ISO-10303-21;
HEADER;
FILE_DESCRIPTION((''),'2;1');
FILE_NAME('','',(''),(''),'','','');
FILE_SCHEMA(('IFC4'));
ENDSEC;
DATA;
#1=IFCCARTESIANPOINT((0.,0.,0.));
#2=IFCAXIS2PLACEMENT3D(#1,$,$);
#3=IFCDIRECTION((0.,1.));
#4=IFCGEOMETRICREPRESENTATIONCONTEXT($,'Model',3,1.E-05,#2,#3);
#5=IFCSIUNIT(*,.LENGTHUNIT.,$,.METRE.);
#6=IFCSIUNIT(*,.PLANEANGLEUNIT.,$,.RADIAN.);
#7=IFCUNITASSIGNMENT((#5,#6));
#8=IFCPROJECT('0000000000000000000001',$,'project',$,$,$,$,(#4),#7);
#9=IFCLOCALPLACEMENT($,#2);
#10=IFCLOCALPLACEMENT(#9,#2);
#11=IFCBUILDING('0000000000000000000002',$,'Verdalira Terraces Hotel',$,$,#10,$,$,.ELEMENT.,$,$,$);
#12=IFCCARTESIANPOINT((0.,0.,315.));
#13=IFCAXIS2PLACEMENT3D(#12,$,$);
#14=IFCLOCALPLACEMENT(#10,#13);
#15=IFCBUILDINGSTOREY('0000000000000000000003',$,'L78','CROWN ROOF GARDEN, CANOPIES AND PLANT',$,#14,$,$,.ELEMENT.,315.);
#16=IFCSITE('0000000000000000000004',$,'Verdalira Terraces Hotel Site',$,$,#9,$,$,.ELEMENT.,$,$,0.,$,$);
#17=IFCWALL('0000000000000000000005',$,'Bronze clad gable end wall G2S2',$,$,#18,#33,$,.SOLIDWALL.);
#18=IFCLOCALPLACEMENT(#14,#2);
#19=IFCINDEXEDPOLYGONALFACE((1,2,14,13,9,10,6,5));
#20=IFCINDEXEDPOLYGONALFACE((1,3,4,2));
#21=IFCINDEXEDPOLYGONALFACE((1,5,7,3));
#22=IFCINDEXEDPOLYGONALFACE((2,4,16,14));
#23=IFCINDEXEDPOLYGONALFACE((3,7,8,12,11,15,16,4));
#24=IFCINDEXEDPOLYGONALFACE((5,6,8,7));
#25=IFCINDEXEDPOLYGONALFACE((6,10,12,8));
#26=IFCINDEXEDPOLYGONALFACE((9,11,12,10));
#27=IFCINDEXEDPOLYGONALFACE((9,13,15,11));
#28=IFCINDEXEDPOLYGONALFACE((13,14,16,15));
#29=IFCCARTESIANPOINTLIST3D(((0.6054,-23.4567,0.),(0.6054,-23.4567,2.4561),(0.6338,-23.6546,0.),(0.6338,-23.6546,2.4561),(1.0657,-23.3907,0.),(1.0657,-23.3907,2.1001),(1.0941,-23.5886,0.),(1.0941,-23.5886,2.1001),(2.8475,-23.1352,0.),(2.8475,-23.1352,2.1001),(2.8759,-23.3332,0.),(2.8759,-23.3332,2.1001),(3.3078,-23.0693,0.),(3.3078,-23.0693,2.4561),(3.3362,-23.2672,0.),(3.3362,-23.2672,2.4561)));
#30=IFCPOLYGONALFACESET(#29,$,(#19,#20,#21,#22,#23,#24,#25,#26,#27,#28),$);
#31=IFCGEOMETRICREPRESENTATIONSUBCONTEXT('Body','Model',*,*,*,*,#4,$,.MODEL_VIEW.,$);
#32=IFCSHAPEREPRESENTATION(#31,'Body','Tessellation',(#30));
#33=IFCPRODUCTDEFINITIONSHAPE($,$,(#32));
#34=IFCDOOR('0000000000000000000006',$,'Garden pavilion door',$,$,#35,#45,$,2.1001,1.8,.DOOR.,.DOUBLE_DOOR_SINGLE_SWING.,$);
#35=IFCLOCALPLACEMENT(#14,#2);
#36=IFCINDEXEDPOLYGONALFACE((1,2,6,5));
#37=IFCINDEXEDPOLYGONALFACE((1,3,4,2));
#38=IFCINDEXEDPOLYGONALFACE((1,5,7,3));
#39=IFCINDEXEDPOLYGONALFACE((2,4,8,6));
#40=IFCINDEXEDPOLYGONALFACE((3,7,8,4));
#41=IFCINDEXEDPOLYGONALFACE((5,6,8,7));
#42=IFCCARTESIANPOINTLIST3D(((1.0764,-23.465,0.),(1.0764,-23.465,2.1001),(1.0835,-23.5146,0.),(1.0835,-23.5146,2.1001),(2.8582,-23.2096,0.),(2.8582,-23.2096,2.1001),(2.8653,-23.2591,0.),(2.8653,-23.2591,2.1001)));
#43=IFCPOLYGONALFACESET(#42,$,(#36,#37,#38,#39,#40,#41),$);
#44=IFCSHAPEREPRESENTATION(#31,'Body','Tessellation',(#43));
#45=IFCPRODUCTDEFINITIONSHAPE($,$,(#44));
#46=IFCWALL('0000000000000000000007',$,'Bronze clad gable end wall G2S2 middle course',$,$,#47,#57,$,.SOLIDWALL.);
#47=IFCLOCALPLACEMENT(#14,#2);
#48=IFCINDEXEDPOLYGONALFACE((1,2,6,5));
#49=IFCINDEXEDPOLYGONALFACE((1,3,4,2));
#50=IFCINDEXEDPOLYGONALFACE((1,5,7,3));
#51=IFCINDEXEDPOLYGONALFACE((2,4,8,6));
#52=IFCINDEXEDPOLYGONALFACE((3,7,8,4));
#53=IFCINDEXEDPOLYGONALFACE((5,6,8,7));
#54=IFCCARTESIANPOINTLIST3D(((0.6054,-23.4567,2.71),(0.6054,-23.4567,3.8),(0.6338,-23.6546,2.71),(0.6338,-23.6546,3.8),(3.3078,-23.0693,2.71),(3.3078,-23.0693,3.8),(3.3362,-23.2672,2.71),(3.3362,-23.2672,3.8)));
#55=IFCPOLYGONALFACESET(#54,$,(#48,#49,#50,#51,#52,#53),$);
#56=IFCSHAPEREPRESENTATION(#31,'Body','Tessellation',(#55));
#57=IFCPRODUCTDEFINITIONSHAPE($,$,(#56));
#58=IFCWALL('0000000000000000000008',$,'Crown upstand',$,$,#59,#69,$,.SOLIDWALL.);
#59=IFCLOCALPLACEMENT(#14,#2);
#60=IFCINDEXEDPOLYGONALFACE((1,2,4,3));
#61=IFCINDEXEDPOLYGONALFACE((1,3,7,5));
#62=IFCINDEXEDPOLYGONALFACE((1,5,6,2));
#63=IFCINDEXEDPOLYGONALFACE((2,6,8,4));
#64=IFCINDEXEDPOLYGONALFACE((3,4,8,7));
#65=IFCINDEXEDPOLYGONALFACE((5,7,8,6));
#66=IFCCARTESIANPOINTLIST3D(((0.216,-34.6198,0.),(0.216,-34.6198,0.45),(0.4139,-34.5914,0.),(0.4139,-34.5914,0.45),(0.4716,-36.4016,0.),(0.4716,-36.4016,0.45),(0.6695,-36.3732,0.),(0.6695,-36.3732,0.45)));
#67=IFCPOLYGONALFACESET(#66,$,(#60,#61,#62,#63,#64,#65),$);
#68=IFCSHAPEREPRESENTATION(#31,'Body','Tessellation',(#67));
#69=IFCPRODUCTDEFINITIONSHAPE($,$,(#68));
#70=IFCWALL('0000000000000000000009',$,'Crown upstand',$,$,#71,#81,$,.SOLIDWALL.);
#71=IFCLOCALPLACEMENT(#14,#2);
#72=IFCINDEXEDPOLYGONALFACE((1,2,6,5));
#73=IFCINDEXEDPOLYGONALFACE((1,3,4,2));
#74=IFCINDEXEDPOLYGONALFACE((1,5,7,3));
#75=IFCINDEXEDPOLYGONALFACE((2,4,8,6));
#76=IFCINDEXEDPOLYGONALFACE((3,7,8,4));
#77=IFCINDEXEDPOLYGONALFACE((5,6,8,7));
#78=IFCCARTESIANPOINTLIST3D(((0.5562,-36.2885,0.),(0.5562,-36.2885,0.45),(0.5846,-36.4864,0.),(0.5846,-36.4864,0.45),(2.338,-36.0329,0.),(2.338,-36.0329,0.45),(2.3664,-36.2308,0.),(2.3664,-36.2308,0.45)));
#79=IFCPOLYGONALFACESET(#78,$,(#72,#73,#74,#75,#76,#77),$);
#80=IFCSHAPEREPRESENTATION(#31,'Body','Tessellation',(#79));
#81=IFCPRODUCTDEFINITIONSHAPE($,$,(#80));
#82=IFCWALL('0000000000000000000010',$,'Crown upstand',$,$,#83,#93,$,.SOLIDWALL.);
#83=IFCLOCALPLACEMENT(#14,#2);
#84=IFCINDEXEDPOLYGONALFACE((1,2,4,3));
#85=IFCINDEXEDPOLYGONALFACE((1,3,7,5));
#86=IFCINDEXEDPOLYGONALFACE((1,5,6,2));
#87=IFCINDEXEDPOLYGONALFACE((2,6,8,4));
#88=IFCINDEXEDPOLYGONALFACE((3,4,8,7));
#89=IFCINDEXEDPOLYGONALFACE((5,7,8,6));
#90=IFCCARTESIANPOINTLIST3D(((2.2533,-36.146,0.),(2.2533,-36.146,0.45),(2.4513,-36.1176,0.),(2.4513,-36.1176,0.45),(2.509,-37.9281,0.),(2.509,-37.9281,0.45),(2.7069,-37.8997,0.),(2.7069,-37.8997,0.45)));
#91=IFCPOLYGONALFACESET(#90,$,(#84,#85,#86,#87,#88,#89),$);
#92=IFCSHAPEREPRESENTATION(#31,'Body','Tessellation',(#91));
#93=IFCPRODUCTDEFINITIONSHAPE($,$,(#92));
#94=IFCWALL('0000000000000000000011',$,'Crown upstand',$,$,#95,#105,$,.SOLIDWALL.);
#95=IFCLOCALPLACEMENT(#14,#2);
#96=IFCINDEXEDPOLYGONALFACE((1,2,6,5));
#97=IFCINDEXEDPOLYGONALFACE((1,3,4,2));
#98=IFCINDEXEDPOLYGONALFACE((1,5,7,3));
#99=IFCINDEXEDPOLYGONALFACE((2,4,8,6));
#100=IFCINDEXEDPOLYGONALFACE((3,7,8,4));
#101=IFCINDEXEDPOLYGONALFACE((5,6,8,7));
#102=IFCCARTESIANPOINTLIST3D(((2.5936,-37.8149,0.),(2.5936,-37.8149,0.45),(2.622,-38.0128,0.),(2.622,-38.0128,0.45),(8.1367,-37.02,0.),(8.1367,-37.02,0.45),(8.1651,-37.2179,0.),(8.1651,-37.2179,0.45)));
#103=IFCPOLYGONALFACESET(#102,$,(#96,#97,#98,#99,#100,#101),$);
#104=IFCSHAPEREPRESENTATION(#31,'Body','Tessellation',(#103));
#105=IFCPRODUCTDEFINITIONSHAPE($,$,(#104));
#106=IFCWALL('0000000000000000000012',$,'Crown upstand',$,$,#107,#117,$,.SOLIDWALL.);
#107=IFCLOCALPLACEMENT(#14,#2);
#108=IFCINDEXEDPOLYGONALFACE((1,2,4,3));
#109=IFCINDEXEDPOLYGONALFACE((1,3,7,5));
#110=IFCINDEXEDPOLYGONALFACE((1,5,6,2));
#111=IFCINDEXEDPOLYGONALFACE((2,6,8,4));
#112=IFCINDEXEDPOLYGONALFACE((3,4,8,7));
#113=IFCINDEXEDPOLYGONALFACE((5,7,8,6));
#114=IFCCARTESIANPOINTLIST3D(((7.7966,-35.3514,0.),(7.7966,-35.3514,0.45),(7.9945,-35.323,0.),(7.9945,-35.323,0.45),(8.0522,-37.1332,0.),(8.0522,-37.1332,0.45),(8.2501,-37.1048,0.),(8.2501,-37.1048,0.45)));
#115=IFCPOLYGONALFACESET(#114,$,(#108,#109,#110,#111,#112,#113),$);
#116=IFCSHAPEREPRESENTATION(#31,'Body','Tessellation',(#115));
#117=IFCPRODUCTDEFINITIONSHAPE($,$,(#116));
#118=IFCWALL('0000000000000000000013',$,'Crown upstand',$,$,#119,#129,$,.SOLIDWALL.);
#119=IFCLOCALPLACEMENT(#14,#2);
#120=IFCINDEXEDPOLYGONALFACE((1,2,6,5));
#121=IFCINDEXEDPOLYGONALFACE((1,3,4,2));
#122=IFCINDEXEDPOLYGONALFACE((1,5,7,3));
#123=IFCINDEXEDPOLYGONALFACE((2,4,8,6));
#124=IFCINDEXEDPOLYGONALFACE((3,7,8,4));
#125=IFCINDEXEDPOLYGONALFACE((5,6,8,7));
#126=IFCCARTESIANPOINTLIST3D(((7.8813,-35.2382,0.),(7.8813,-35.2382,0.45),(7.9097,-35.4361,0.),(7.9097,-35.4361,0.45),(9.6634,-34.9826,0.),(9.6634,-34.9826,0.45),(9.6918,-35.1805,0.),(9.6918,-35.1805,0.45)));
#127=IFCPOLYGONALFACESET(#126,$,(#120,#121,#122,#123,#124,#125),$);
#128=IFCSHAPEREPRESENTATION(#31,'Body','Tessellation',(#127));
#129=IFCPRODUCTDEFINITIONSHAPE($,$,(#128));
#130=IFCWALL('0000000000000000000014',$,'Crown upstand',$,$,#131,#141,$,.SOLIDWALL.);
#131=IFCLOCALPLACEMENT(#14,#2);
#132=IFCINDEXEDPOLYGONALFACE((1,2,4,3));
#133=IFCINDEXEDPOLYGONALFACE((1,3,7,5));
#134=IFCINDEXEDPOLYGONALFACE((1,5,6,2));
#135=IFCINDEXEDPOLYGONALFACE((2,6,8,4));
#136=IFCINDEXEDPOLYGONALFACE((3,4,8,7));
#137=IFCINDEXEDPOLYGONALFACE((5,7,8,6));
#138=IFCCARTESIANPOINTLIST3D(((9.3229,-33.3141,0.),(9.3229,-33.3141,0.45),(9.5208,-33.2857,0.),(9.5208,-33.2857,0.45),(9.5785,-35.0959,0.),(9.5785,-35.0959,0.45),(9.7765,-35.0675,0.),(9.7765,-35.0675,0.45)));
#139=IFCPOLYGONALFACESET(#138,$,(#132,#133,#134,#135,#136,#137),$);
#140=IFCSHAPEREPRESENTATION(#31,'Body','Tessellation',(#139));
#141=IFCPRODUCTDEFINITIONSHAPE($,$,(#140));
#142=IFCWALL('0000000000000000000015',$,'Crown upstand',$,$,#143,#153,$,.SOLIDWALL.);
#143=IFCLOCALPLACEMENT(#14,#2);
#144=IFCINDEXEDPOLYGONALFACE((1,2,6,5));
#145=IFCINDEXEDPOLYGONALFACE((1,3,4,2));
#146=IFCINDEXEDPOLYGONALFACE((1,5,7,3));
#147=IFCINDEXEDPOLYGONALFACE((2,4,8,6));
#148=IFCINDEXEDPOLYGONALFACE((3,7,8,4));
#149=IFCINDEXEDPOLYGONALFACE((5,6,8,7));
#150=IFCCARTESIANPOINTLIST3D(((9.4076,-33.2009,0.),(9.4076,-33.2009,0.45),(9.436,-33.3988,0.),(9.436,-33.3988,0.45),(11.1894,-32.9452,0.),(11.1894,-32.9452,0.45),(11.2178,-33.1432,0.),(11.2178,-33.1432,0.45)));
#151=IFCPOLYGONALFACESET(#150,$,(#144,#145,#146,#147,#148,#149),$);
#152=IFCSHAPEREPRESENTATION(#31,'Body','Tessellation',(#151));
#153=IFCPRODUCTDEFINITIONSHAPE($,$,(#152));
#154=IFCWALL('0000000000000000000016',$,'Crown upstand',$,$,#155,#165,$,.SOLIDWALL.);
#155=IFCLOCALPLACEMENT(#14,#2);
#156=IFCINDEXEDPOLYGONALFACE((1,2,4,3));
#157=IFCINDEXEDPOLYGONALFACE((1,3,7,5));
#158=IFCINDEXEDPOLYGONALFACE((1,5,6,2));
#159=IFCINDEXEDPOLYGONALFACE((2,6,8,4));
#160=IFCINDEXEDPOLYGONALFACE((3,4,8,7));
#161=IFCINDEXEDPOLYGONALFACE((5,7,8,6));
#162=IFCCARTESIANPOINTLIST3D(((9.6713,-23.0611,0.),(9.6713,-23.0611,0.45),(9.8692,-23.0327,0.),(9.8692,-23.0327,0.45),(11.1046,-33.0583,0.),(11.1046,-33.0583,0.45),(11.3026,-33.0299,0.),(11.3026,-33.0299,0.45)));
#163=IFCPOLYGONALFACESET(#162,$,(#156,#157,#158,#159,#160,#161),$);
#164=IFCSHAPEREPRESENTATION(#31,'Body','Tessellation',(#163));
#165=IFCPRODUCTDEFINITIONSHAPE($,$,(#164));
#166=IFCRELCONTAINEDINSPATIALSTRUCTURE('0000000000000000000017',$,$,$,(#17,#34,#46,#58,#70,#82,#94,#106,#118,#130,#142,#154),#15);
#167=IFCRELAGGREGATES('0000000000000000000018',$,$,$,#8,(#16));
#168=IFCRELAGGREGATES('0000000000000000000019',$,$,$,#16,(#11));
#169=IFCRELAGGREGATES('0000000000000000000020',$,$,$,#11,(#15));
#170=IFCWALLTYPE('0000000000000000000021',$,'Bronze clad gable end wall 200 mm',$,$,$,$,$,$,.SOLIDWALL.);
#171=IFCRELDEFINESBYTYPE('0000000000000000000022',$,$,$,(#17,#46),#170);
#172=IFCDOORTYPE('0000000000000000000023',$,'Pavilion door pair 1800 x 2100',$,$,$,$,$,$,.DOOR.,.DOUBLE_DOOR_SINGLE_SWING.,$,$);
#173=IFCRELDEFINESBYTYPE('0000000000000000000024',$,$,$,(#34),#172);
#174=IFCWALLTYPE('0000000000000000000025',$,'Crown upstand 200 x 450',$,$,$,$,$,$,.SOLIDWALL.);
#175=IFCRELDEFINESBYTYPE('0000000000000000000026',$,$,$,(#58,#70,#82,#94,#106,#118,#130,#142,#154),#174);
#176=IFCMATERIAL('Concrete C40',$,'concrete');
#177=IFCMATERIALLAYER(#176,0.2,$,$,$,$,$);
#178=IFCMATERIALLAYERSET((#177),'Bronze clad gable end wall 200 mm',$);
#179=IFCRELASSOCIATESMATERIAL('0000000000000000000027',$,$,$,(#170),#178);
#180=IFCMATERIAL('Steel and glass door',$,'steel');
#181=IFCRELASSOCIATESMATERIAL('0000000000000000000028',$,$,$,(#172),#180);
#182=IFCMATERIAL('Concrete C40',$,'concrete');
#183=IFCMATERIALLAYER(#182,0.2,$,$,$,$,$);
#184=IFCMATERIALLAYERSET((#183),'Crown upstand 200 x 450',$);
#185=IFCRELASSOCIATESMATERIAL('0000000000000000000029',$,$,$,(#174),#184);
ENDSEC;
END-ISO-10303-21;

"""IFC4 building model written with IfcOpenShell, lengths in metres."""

from ifc_helpers import new_model, si_unit, direction, frame, frame_2d, origin, place, context, subcontext, project, spatial, rectangle, extrude, material, layer, layer_set, type_object, element, fill, save


model = new_model("IFC4")

# Units and contexts
model_context = context("Model", 3, precision=1e-05, world=origin(), true_north=direction((0.0, 1.0)))
body_context = subcontext(model_context, "Body", "Model", "MODEL_VIEW")
ifc_project = project(units=[si_unit("LENGTHUNIT", "METRE"), si_unit("PLANEANGLEUNIT", "RADIAN")], contexts=[model_context])

# Site, building, storey
site_placement = place(None, origin())
site = spatial("IfcSite", under=ifc_project, at=site_placement, Name="Verdalira Terraces Hotel Site", CompositionType="ELEMENT", RefElevation=0.0)
building_placement = place(site_placement, origin())
building = spatial("IfcBuilding", under=site, at=building_placement, Name="Verdalira Terraces Hotel", CompositionType="ELEMENT")
storey_placement = place(building_placement, frame((0.0, 0.0, 315.0)))
storey = spatial("IfcBuildingStorey", under=building, at=storey_placement, Name="L78", Description="CROWN ROOF GARDEN, CANOPIES AND PLANT", CompositionType="ELEMENT", Elevation=315.0)

# Wall, opening, door
ifc_material_1 = material(Name="Concrete C40", Category="concrete")
ifc_layer_1 = layer(ifc_material_1, 0.2)
ifc_layer_set_1 = layer_set([ifc_layer_1], Name="Bronze clad gable end wall 200 mm")
wall_type_1 = type_object("IfcWallType", Name="Bronze clad gable end wall 200 mm", PredefinedType="SOLIDWALL", material=ifc_layer_set_1)
wall_1_placement = place(storey_placement, frame((0.6196, -23.5557, 0.0), z_axis=(0.0, 0.0, 1.0), x_axis=(0.989878, 0.141922, 0.0)))
wall_1 = element("IfcWall", 1, at=wall_1_placement, inside=storey, type_object=wall_type_1, Name="Bronze clad gable end wall G2S2", PredefinedType="SOLIDWALL", context=body_context, shape_type="SweptSolid", body=[
    extrude(rectangle(XDim=2.73, YDim=0.2, at=frame_2d((1.365, 0.0))), origin(), (0.0, 0.0, 1.0), 2.4561),
])
opening_placement = place(wall_1_placement, frame((0.4651, 0.0, 0.0)))
opening = element("IfcOpeningElement", 2, at=opening_placement, cuts=wall_1, PredefinedType="OPENING", context=body_context, shape_type="SweptSolid", body=[
    extrude(rectangle(XDim=1.8, YDim=2.1001, at=frame_2d((0.8999, 1.05))), frame((0.0, 0.1099, 0.0), z_axis=(0.0, -1.0, 0.0), x_axis=(1.0, 0.0, 0.0)), (0.0, 0.0, 1.0), 0.22),
])
ifc_material_2 = material(Name="Steel and glass door", Category="steel")
door_type = type_object("IfcDoorType", Name="Pavilion door pair 1800 x 2100", OperationType="DOUBLE_DOOR_SINGLE_SWING", PredefinedType="DOOR", material=ifc_material_2)
door_placement = place(opening_placement, origin())
door = element("IfcDoor", 3, at=door_placement, inside=storey, type_object=door_type, Name="Garden pavilion door", OperationType="DOUBLE_DOOR_SINGLE_SWING", OverallHeight=2.1001, OverallWidth=1.8, PredefinedType="DOOR", context=body_context, shape_type="SweptSolid", body=[
    extrude(rectangle(XDim=1.8, YDim=2.1001, at=frame_2d((0.8999, 1.05))), frame((0.0, 0.0249, 0.0), z_axis=(0.0, -1.0, 0.0), x_axis=(1.0, 0.0, 0.0)), (0.0, 0.0, 1.0), 0.05),
])
fill(opening, door)

# Walls
wall_2_placement = place(storey_placement, frame((0.6196, -23.5557, 2.71), z_axis=(0.0, 0.0, 1.0), x_axis=(0.989878, 0.141922, 0.0)))
element("IfcWall", 4, at=wall_2_placement, inside=storey, type_object=wall_type_1, Name="Bronze clad gable end wall G2S2 middle course", PredefinedType="SOLIDWALL", context=body_context, shape_type="SweptSolid", body=[
    extrude(rectangle(XDim=2.73, YDim=0.2, at=frame_2d((1.365, 0.0))), origin(), (0.0, 0.0, 1.0), 1.0901),
])
ifc_material_3 = material(Name="Concrete C40", Category="concrete")
ifc_layer_2 = layer(ifc_material_3, 0.2)
ifc_layer_set_2 = layer_set([ifc_layer_2], Name="Crown upstand 200 x 450")
wall_type_2 = type_object("IfcWallType", Name="Crown upstand 200 x 450", PredefinedType="SOLIDWALL", material=ifc_layer_set_2)
for number, where, z_axis, x_axis, name in (
    (5, (0.3149, -34.6057, 0.0), (0.0, 0.0, 1.0), (0.14201, -0.989865, 0.0), "Crown upstand"),
    (6, (0.5706, -36.3875, 0.0), (0.0, 0.0, 1.0), (0.989865, 0.14201, 0.0), "Crown upstand"),
):
    element("IfcWall", number, at=place(storey_placement, frame(where, z_axis=z_axis, x_axis=x_axis)), inside=storey, type_object=wall_type_2, Name=name, PredefinedType="SOLIDWALL", context=body_context, shape_type="SweptSolid", body=[
        extrude(rectangle(XDim=1.8, YDim=0.2, at=frame_2d((0.8999, 0.0))), origin(), (0.0, 0.0, 1.0), 0.45),
    ])
wall_3_placement = place(storey_placement, frame((2.3523, -36.1318, 0.0), z_axis=(0.0, 0.0, 1.0), x_axis=(0.141991, -0.989868, 0.0)))
element("IfcWall", 7, at=wall_3_placement, inside=storey, type_object=wall_type_2, Name="Crown upstand", PredefinedType="SOLIDWALL", context=body_context, shape_type="SweptSolid", body=[
    extrude(rectangle(XDim=1.8003, YDim=0.2, at=frame_2d((0.9001, 0.0))), origin(), (0.0, 0.0, 1.0), 0.45),
])
wall_4_placement = place(storey_placement, frame((2.6079, -37.9138, 0.0), z_axis=(0.0, 0.0, 1.0), x_axis=(0.989873, 0.141952, 0.0)))
element("IfcWall", 8, at=wall_4_placement, inside=storey, type_object=wall_type_2, Name="Crown upstand", PredefinedType="SOLIDWALL", context=body_context, shape_type="SweptSolid", body=[
    extrude(rectangle(XDim=5.5999, YDim=0.2, at=frame_2d((2.7998, 0.0))), origin(), (0.0, 0.0, 1.0), 0.45),
])
wall_5_placement = place(storey_placement, frame((8.1511, -37.1189, 0.0), z_axis=(0.0, 0.0, 1.0), x_axis=(-0.14201, 0.989865, 0.0)))
element("IfcWall", 9, at=wall_5_placement, inside=storey, type_object=wall_type_2, Name="Crown upstand", PredefinedType="SOLIDWALL", context=body_context, shape_type="SweptSolid", body=[
    extrude(rectangle(XDim=1.8, YDim=0.2, at=frame_2d((0.8999, 0.0))), origin(), (0.0, 0.0, 1.0), 0.45),
])
wall_6_placement = place(storey_placement, frame((7.8955, -35.3372, 0.0), z_axis=(0.0, 0.0, 1.0), x_axis=(0.989868, 0.141991, 0.0)))
element("IfcWall", 10, at=wall_6_placement, inside=storey, type_object=wall_type_2, Name="Crown upstand", PredefinedType="SOLIDWALL", context=body_context, shape_type="SweptSolid", body=[
    extrude(rectangle(XDim=1.8003, YDim=0.2, at=frame_2d((0.9001, 0.0))), origin(), (0.0, 0.0, 1.0), 0.45),
])
for number, where, z_axis, x_axis, name in (
    (11, (9.6775, -35.0815, 0.0), (0.0, 0.0, 1.0), (-0.14201, 0.989865, 0.0), "Crown upstand"),
    (12, (9.4219, -33.2998, 0.0), (0.0, 0.0, 1.0), (0.989865, 0.14201, 0.0), "Crown upstand"),
):
    element("IfcWall", number, at=place(storey_placement, frame(where, z_axis=z_axis, x_axis=x_axis)), inside=storey, type_object=wall_type_2, Name=name, PredefinedType="SOLIDWALL", context=body_context, shape_type="SweptSolid", body=[
        extrude(rectangle(XDim=1.8, YDim=0.2, at=frame_2d((0.8999, 0.0))), origin(), (0.0, 0.0, 1.0), 0.45),
    ])
wall_7_placement = place(storey_placement, frame((11.2036, -33.0442, 0.0), z_axis=(0.0, 0.0, 1.0), x_axis=(-0.141926, 0.989877, 0.0)))
element("IfcWall", 13, at=wall_7_placement, inside=storey, type_object=wall_type_2, Name="Crown upstand", PredefinedType="SOLIDWALL", context=body_context, shape_type="SweptSolid", body=[
    extrude(rectangle(XDim=10.0994, YDim=0.2, at=frame_2d((5.0498, 0.0))), origin(), (0.0, 0.0, 1.0), 0.45),
])

save(model, "model.ifc")
